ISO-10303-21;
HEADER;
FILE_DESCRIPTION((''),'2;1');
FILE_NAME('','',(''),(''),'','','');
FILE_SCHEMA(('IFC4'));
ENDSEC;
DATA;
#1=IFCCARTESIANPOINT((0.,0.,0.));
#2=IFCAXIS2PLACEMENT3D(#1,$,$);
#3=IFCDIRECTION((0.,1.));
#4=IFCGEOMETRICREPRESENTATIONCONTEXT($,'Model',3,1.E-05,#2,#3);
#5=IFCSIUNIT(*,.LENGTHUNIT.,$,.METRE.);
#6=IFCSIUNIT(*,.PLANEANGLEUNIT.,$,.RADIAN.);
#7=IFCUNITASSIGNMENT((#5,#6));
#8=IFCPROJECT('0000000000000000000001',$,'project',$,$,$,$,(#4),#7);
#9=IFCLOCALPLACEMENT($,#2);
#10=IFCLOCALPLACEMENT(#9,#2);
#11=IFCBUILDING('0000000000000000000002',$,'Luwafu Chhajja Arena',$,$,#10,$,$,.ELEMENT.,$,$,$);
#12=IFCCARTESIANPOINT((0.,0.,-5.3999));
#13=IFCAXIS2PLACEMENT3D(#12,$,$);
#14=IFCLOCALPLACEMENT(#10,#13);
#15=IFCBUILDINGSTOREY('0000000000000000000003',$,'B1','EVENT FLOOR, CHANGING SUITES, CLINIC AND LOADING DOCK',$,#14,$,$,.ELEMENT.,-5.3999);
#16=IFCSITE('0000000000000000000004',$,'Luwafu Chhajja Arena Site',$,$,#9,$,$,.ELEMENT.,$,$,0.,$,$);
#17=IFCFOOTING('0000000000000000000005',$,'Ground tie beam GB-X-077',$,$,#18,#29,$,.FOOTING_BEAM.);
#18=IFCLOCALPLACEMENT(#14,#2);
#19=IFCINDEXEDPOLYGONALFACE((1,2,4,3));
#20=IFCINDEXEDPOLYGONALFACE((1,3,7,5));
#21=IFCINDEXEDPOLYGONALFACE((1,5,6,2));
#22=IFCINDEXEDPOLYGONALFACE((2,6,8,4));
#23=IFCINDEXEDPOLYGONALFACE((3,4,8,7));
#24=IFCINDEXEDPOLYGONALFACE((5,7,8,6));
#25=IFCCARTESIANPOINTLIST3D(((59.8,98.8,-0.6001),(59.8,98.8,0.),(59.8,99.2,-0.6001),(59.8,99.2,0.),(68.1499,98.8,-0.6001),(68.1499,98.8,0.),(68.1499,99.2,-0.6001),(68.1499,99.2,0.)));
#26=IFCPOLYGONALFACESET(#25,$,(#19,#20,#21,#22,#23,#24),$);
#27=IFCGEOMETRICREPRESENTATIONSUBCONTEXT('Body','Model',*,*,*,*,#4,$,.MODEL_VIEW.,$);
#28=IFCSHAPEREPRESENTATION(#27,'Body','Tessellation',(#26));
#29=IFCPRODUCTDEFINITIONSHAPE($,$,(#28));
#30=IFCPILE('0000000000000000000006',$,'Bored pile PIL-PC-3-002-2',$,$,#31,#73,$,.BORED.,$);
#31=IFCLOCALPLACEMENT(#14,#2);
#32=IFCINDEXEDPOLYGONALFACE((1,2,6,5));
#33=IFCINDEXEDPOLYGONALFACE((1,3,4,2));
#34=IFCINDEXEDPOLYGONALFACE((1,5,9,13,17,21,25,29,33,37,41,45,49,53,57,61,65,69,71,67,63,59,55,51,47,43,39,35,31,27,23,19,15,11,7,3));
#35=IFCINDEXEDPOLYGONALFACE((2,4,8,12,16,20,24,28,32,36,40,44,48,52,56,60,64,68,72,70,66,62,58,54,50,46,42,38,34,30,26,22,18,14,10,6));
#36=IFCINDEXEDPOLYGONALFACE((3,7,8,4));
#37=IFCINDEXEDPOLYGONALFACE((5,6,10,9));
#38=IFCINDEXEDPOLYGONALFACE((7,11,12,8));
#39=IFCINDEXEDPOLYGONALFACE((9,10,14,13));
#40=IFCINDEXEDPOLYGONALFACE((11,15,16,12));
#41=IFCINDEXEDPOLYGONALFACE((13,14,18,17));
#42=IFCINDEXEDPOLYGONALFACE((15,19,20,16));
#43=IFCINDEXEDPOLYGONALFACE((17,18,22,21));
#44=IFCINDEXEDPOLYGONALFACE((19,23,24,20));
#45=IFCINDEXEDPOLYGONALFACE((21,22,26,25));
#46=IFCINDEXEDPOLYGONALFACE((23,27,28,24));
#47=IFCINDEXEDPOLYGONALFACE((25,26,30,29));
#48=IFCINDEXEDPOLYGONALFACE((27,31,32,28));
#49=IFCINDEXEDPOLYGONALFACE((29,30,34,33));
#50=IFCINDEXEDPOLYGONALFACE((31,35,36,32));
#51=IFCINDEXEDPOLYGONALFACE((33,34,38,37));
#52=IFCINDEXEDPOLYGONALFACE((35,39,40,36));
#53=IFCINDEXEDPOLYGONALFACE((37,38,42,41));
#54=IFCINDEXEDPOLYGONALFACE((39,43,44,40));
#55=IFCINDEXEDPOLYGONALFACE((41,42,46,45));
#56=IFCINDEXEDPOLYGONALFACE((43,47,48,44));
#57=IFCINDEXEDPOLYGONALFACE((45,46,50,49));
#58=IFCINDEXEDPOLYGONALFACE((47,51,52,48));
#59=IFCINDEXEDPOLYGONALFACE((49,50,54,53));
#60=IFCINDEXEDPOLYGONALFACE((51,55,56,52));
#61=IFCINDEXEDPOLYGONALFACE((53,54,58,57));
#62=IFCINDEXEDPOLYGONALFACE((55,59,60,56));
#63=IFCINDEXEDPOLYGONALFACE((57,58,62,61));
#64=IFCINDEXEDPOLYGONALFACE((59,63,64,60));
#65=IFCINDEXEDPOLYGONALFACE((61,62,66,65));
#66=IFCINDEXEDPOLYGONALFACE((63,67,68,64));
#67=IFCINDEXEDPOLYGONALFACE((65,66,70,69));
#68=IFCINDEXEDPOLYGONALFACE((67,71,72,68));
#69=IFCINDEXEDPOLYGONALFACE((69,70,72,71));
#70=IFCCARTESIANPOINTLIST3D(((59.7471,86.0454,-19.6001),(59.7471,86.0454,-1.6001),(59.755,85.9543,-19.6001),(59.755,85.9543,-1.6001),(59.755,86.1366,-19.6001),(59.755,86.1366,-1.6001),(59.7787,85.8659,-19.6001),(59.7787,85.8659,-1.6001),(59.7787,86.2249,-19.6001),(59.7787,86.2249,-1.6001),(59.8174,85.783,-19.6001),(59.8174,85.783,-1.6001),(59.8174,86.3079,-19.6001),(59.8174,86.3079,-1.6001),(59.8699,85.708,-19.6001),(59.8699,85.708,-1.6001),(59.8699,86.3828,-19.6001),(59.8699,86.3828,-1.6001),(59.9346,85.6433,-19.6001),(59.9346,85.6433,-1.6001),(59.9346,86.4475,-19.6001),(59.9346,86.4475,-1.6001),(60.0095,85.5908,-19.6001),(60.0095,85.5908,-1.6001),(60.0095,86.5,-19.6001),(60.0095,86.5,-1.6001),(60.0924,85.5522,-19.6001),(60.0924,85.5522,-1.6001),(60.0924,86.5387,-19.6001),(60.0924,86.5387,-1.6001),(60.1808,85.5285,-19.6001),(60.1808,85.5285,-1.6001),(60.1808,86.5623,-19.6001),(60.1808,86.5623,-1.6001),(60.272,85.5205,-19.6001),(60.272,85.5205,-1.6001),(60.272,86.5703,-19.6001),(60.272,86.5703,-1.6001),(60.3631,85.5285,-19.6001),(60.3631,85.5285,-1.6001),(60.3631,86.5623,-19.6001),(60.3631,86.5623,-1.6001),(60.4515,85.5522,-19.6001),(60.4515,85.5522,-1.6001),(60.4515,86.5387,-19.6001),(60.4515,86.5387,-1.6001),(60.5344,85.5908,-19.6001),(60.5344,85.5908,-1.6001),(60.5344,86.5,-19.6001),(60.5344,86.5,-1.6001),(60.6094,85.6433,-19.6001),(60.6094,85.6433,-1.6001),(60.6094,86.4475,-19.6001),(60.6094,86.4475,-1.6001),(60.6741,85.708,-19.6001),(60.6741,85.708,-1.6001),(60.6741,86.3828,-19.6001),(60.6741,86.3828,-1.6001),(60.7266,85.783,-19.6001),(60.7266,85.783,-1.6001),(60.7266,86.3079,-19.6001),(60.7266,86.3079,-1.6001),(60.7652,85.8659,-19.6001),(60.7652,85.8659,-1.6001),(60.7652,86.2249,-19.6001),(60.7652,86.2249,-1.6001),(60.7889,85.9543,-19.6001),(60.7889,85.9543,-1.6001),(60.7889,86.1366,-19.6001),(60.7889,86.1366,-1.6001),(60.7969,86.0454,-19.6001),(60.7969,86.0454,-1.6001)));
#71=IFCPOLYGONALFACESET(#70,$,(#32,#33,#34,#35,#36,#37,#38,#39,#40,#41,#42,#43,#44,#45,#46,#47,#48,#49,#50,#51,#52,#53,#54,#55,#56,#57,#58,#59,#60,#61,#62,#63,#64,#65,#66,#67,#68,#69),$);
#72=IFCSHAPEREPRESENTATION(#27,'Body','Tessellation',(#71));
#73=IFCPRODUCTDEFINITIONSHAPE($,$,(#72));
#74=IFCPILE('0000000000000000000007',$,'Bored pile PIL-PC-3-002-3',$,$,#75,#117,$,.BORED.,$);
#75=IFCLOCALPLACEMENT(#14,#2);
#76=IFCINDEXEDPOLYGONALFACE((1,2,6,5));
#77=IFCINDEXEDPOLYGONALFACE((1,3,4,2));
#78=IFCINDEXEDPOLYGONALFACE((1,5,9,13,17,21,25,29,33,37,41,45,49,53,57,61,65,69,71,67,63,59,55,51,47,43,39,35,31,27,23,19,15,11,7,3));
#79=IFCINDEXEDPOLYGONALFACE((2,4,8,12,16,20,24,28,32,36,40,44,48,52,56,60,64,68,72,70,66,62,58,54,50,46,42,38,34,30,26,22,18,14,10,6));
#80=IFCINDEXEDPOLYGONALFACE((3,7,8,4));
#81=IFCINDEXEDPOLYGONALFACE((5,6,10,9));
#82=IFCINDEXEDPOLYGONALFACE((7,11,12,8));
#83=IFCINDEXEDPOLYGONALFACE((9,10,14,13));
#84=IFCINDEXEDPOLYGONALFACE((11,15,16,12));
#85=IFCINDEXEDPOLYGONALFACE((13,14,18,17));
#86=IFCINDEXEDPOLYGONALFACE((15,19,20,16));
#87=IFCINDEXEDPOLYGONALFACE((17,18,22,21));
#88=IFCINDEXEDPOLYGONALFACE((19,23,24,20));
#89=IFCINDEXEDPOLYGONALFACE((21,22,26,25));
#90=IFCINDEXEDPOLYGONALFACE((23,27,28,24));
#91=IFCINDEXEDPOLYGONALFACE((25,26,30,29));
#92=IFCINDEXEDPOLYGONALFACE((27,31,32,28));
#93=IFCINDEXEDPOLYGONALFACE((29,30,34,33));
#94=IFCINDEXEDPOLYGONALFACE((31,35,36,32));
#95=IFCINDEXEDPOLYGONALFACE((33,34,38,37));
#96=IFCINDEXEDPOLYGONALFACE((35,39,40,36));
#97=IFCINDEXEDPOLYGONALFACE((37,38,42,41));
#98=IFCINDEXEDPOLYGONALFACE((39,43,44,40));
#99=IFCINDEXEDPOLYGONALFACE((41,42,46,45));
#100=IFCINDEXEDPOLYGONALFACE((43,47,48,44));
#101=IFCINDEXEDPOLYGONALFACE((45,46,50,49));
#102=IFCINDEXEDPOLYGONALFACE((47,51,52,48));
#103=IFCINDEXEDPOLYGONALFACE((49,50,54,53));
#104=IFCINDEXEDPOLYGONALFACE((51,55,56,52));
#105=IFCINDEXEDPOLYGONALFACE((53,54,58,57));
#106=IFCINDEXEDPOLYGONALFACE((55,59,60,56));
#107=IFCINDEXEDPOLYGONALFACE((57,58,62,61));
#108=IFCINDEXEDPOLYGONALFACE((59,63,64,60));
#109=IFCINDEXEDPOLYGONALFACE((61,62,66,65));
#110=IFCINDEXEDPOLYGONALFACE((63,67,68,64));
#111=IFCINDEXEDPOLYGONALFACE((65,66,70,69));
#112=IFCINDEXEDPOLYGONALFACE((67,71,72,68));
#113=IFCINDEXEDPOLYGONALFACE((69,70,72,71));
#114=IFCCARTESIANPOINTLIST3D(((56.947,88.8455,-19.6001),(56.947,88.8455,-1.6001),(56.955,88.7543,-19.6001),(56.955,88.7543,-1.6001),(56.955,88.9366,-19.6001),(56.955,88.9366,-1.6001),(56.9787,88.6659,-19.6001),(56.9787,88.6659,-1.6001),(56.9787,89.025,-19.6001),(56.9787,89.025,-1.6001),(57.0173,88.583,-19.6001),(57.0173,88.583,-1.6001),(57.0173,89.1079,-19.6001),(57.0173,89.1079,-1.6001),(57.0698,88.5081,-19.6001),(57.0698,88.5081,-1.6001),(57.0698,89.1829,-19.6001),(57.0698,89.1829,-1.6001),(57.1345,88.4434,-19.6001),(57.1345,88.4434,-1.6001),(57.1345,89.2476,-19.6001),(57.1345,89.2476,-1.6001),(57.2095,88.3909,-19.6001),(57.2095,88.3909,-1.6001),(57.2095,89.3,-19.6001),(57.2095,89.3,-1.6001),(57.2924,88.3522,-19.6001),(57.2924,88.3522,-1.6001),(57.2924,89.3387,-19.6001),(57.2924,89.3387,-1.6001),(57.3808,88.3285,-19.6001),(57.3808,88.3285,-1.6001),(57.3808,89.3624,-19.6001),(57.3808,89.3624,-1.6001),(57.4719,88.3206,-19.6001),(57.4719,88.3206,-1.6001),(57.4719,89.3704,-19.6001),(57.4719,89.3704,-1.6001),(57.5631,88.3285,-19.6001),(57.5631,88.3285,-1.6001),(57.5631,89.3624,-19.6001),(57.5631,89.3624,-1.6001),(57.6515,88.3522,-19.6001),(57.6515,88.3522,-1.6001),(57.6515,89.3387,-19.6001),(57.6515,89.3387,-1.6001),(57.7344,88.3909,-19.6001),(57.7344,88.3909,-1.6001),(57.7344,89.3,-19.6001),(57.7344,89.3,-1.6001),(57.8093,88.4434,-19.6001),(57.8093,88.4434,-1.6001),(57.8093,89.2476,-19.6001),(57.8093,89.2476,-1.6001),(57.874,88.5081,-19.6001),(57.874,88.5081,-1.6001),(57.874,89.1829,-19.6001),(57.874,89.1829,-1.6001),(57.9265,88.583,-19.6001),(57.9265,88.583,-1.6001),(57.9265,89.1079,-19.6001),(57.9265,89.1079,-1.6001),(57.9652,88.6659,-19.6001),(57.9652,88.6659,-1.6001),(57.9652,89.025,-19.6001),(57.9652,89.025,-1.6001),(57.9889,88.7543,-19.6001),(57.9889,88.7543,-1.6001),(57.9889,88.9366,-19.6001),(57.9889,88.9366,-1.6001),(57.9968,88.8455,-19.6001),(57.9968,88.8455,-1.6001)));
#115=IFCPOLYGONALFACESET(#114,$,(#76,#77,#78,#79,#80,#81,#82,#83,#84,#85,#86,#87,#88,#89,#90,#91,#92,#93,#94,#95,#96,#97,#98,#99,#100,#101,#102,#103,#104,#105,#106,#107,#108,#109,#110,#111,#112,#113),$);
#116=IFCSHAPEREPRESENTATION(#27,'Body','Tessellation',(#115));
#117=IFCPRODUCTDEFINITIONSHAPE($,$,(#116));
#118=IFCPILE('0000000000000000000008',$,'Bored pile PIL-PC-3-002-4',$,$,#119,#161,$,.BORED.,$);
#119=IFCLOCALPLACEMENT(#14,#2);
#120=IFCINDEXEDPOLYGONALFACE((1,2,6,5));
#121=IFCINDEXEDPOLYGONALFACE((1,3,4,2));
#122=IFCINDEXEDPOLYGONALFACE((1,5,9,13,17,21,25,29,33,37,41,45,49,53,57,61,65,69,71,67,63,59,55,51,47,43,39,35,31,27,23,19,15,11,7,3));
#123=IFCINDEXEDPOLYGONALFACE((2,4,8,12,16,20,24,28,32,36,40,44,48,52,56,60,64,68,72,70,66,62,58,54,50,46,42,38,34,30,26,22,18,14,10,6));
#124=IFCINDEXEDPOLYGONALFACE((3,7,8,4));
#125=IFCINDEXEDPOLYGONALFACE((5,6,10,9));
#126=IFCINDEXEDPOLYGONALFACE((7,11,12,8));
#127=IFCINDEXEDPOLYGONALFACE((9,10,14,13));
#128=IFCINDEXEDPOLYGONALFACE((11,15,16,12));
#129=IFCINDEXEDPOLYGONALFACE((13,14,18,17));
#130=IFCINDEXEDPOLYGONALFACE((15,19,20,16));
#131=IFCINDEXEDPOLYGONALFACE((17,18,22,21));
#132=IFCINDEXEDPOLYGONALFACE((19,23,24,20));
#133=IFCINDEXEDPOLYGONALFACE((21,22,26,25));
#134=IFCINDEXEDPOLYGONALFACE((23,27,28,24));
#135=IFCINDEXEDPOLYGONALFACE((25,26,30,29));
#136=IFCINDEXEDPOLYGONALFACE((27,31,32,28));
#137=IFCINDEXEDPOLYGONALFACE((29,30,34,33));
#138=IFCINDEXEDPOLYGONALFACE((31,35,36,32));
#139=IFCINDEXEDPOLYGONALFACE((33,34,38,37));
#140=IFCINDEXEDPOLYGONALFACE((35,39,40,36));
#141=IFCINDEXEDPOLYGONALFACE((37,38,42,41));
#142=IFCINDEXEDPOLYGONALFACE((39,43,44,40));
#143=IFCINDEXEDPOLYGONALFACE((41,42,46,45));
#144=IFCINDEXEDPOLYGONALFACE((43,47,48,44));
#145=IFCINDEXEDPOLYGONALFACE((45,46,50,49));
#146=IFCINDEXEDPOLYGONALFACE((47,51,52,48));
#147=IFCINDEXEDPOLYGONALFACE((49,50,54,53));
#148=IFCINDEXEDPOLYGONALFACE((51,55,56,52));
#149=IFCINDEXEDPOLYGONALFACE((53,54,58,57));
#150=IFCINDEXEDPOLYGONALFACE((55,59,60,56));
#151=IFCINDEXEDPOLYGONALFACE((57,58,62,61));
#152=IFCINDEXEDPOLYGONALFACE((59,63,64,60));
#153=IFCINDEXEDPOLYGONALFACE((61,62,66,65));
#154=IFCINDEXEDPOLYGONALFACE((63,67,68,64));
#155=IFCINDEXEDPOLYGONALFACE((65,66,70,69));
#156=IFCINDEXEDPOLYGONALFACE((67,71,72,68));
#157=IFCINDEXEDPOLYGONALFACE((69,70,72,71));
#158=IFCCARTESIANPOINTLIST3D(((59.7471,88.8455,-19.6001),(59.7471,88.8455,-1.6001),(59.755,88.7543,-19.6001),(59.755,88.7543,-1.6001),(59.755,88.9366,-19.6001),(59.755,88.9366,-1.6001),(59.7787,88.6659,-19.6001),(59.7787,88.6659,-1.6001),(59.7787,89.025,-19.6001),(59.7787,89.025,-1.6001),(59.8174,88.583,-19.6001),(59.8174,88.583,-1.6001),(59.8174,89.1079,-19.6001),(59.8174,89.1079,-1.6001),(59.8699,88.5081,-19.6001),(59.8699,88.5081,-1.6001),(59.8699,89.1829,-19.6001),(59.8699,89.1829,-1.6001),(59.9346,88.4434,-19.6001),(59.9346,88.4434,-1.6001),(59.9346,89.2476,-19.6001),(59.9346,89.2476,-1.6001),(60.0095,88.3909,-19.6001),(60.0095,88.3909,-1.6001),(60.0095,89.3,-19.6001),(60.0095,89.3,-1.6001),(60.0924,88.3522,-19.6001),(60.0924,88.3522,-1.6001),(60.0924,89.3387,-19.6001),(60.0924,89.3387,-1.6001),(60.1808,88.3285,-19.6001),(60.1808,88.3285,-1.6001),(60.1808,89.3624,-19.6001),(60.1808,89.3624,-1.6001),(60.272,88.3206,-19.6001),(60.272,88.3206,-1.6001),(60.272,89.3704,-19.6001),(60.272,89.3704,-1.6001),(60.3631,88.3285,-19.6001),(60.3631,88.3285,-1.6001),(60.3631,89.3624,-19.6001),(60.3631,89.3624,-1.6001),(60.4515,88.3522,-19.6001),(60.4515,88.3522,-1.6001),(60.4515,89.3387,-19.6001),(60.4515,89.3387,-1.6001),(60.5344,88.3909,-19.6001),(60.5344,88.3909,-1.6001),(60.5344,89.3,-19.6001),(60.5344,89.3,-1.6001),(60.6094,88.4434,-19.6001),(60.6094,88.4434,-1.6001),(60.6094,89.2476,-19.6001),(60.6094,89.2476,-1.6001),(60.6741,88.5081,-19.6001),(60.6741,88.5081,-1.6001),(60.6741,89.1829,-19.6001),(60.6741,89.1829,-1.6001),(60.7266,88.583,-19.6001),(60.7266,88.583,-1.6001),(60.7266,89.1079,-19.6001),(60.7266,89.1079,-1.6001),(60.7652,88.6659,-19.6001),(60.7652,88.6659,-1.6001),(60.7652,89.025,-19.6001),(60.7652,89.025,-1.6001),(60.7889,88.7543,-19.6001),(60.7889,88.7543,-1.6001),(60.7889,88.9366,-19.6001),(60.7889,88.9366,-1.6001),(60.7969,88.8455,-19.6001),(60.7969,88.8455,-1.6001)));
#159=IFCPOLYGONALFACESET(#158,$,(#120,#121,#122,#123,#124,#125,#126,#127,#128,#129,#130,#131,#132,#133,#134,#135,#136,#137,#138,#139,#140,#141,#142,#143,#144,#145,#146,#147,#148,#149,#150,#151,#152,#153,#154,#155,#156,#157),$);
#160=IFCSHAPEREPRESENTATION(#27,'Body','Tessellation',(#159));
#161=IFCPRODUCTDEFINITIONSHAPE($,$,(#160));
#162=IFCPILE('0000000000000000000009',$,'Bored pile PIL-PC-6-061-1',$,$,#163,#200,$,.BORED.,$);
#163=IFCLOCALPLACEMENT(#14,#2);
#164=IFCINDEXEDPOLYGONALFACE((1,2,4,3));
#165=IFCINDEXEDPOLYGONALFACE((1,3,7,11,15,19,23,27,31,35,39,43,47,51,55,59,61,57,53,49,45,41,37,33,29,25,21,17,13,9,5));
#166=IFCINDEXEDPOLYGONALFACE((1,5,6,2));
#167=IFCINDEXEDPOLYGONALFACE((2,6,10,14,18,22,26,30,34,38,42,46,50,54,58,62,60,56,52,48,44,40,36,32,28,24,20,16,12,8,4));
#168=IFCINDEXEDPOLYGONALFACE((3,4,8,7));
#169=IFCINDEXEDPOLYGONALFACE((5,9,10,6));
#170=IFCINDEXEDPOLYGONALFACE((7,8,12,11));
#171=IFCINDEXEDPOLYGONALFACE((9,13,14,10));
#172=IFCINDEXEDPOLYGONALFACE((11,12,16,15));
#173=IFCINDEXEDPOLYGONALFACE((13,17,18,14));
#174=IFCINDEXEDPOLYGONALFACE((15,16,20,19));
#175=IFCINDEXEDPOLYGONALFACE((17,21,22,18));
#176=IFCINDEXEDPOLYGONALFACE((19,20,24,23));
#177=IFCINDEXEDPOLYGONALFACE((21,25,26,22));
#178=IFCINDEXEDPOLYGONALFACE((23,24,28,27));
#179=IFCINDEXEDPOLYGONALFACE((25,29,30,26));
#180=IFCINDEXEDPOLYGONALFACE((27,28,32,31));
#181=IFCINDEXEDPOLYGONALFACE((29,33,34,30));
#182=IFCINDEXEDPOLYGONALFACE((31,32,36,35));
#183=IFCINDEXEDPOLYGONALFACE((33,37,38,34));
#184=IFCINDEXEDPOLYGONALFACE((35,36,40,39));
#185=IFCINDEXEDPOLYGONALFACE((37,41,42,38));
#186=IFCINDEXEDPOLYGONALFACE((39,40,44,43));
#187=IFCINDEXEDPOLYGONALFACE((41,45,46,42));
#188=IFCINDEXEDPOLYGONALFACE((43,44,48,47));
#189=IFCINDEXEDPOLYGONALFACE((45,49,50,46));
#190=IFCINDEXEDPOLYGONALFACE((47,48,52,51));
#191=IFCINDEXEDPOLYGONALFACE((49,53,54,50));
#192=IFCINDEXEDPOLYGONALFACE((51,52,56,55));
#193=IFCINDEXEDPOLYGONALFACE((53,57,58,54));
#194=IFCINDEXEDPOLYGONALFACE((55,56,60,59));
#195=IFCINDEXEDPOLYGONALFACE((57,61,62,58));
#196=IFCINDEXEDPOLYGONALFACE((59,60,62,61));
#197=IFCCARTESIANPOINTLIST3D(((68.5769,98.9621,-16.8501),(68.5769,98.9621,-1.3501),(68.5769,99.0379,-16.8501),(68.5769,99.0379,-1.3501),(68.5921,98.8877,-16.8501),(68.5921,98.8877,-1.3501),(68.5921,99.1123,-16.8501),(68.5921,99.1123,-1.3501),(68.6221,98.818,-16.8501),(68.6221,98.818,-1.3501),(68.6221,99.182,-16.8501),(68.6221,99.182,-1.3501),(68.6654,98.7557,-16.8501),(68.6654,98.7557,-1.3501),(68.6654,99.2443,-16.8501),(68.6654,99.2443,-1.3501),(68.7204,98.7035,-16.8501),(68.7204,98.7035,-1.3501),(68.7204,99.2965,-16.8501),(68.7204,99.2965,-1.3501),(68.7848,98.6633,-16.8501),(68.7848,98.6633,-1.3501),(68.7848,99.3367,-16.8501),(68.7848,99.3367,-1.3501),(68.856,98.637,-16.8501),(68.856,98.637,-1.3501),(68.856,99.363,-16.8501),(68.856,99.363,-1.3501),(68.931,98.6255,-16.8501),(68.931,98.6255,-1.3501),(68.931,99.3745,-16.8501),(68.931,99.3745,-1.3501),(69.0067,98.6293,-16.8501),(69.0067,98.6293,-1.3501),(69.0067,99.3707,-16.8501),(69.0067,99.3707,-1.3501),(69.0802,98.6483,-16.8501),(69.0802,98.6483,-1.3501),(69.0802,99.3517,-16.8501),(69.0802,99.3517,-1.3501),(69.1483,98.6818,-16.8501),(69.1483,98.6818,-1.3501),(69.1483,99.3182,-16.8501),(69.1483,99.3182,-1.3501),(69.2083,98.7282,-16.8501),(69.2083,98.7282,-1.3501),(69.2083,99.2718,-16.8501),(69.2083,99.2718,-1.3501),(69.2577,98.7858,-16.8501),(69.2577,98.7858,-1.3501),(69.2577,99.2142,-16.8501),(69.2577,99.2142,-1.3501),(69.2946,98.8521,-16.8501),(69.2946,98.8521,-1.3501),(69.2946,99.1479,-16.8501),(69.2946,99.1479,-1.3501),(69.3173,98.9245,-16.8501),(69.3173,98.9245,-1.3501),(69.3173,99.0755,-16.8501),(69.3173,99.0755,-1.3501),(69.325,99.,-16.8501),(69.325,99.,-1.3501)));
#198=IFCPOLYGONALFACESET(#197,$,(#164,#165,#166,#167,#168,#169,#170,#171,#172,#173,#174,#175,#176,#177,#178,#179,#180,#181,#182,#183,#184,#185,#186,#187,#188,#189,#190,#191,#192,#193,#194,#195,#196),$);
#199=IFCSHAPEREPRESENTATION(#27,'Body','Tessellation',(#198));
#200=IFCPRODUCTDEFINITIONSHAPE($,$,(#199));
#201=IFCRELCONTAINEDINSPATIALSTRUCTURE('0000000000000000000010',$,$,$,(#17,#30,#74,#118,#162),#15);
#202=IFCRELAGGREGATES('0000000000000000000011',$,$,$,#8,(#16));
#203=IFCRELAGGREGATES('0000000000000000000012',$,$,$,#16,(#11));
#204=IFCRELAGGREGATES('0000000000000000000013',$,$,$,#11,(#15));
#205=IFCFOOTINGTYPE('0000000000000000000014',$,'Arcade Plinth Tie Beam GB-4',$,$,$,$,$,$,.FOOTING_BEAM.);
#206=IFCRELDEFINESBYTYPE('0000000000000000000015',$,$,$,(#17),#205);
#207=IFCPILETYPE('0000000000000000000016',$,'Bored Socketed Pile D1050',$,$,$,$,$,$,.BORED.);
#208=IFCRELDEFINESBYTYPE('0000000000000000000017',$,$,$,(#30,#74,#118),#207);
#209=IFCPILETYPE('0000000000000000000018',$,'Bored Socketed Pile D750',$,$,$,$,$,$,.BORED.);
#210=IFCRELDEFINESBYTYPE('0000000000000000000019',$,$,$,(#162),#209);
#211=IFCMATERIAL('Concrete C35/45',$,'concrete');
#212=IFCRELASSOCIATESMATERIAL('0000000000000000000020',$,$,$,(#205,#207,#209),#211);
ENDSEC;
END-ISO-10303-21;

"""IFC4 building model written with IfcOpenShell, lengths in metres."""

from ifc_helpers import new_model, si_unit, direction, frame, origin, origin_2d, place, context, subcontext, project, spatial, rectangle, circle, extrude, material, material_profile, profile_set, type_object, element, save


model = new_model("IFC4")

# Units and contexts
model_context = context("Model", 3, precision=1e-05, world=origin(), true_north=direction((0.0, 1.0)))
body_context = subcontext(model_context, "Body", "Model", "MODEL_VIEW")
ifc_project = project(units=[si_unit("LENGTHUNIT", "METRE"), si_unit("PLANEANGLEUNIT", "RADIAN")], contexts=[model_context])

# Site, building, storey
site_placement = place(None, origin())
site = spatial("IfcSite", under=ifc_project, at=site_placement, Name="Luwafu Chhajja Arena Site", CompositionType="ELEMENT", RefElevation=0.0)
building_placement = place(site_placement, origin())
building = spatial("IfcBuilding", under=site, at=building_placement, Name="Luwafu Chhajja Arena", CompositionType="ELEMENT")
storey_placement = place(building_placement, frame((0.0, 0.0, -5.3999)))
storey = spatial("IfcBuildingStorey", under=building, at=storey_placement, Name="B1", Description="EVENT FLOOR, CHANGING SUITES, CLINIC AND LOADING DOCK", CompositionType="ELEMENT", Elevation=-5.3999)

# Footing
ifc_material_1 = material(Name="Concrete C35/45", Category="concrete")
ifc_material_profile_1 = material_profile(ifc_material_1, rectangle(XDim=0.3999, YDim=0.6001, at=origin_2d()), Name="RC 400x600")
ifc_profile_set_1 = profile_set([ifc_material_profile_1], Name="Concrete C35/45")
footing_type_1 = type_object("IfcFootingType", Name="Arcade Plinth Tie Beam GB-4", PredefinedType="FOOTING_BEAM", material=ifc_profile_set_1)
footing_1_placement = place(storey_placement, frame((59.8, 99.0, -0.3), z_axis=(1.0, 0.0, 0.0), x_axis=(0.0, 1.0, 0.0)))
element("IfcFooting", 1, at=footing_1_placement, inside=storey, type_object=footing_type_1, Name="Ground tie beam GB-X-077", PredefinedType="FOOTING_BEAM", context=body_context, shape_type="SweptSolid", body=[
    extrude(rectangle(XDim=0.3999, YDim=0.6001, at=origin_2d()), origin(), (0.0, 0.0, 1.0), 8.3499),
])

# Piles
ifc_material_profile_2 = material_profile(ifc_material_1, circle(Radius=0.5249, at=origin_2d()), Name="PILE D1050")
ifc_profile_set_2 = profile_set([ifc_material_profile_2], Name="Concrete C35/45")
pile_type_1 = type_object("IfcPileType", Name="Bored Socketed Pile D1050", PredefinedType="BORED", material=ifc_profile_set_2)
for number, where, z_axis, x_axis, name in (
    (2, (60.272, 86.0454, -1.6001), (0.0, 0.0, -1.0), (1.0, 0.0, 0.0), "Bored pile PIL-PC-3-002-2"),
    (3, (57.4719, 88.8455, -1.6001), (0.0, 0.0, -1.0), (1.0, 0.0, 0.0), "Bored pile PIL-PC-3-002-3"),
    (4, (60.272, 88.8455, -1.6001), (0.0, 0.0, -1.0), (1.0, 0.0, 0.0), "Bored pile PIL-PC-3-002-4"),
):
    element("IfcPile", number, at=place(storey_placement, frame(where, z_axis=z_axis, x_axis=x_axis)), inside=storey, type_object=pile_type_1, Name=name, PredefinedType="BORED", context=body_context, shape_type="SweptSolid", body=[
        extrude(circle(Radius=0.5249, at=origin_2d()), origin(), (0.0, 0.0, 1.0), 18.0),
    ])
ifc_material_profile_3 = material_profile(ifc_material_1, circle(Radius=0.375, at=origin_2d()), Name="PILE D750")
ifc_profile_set_3 = profile_set([ifc_material_profile_3], Name="Concrete C35/45")
pile_type_2 = type_object("IfcPileType", Name="Bored Socketed Pile D750", PredefinedType="BORED", material=ifc_profile_set_3)
for number, where, z_axis, x_axis, name in (
    (5, (68.95, 99.0, -1.3501), (0.0, 0.0, -1.0), (1.0, 0.0, 0.0), "Bored pile PIL-PC-6-061-1"),
):
    element("IfcPile", number, at=place(storey_placement, frame(where, z_axis=z_axis, x_axis=x_axis)), inside=storey, type_object=pile_type_2, Name=name, PredefinedType="BORED", context=body_context, shape_type="SweptSolid", body=[
        extrude(circle(Radius=0.375, at=origin_2d()), origin(), (0.0, 0.0, 1.0), 15.5),
    ])

save(model, "model.ifc")
